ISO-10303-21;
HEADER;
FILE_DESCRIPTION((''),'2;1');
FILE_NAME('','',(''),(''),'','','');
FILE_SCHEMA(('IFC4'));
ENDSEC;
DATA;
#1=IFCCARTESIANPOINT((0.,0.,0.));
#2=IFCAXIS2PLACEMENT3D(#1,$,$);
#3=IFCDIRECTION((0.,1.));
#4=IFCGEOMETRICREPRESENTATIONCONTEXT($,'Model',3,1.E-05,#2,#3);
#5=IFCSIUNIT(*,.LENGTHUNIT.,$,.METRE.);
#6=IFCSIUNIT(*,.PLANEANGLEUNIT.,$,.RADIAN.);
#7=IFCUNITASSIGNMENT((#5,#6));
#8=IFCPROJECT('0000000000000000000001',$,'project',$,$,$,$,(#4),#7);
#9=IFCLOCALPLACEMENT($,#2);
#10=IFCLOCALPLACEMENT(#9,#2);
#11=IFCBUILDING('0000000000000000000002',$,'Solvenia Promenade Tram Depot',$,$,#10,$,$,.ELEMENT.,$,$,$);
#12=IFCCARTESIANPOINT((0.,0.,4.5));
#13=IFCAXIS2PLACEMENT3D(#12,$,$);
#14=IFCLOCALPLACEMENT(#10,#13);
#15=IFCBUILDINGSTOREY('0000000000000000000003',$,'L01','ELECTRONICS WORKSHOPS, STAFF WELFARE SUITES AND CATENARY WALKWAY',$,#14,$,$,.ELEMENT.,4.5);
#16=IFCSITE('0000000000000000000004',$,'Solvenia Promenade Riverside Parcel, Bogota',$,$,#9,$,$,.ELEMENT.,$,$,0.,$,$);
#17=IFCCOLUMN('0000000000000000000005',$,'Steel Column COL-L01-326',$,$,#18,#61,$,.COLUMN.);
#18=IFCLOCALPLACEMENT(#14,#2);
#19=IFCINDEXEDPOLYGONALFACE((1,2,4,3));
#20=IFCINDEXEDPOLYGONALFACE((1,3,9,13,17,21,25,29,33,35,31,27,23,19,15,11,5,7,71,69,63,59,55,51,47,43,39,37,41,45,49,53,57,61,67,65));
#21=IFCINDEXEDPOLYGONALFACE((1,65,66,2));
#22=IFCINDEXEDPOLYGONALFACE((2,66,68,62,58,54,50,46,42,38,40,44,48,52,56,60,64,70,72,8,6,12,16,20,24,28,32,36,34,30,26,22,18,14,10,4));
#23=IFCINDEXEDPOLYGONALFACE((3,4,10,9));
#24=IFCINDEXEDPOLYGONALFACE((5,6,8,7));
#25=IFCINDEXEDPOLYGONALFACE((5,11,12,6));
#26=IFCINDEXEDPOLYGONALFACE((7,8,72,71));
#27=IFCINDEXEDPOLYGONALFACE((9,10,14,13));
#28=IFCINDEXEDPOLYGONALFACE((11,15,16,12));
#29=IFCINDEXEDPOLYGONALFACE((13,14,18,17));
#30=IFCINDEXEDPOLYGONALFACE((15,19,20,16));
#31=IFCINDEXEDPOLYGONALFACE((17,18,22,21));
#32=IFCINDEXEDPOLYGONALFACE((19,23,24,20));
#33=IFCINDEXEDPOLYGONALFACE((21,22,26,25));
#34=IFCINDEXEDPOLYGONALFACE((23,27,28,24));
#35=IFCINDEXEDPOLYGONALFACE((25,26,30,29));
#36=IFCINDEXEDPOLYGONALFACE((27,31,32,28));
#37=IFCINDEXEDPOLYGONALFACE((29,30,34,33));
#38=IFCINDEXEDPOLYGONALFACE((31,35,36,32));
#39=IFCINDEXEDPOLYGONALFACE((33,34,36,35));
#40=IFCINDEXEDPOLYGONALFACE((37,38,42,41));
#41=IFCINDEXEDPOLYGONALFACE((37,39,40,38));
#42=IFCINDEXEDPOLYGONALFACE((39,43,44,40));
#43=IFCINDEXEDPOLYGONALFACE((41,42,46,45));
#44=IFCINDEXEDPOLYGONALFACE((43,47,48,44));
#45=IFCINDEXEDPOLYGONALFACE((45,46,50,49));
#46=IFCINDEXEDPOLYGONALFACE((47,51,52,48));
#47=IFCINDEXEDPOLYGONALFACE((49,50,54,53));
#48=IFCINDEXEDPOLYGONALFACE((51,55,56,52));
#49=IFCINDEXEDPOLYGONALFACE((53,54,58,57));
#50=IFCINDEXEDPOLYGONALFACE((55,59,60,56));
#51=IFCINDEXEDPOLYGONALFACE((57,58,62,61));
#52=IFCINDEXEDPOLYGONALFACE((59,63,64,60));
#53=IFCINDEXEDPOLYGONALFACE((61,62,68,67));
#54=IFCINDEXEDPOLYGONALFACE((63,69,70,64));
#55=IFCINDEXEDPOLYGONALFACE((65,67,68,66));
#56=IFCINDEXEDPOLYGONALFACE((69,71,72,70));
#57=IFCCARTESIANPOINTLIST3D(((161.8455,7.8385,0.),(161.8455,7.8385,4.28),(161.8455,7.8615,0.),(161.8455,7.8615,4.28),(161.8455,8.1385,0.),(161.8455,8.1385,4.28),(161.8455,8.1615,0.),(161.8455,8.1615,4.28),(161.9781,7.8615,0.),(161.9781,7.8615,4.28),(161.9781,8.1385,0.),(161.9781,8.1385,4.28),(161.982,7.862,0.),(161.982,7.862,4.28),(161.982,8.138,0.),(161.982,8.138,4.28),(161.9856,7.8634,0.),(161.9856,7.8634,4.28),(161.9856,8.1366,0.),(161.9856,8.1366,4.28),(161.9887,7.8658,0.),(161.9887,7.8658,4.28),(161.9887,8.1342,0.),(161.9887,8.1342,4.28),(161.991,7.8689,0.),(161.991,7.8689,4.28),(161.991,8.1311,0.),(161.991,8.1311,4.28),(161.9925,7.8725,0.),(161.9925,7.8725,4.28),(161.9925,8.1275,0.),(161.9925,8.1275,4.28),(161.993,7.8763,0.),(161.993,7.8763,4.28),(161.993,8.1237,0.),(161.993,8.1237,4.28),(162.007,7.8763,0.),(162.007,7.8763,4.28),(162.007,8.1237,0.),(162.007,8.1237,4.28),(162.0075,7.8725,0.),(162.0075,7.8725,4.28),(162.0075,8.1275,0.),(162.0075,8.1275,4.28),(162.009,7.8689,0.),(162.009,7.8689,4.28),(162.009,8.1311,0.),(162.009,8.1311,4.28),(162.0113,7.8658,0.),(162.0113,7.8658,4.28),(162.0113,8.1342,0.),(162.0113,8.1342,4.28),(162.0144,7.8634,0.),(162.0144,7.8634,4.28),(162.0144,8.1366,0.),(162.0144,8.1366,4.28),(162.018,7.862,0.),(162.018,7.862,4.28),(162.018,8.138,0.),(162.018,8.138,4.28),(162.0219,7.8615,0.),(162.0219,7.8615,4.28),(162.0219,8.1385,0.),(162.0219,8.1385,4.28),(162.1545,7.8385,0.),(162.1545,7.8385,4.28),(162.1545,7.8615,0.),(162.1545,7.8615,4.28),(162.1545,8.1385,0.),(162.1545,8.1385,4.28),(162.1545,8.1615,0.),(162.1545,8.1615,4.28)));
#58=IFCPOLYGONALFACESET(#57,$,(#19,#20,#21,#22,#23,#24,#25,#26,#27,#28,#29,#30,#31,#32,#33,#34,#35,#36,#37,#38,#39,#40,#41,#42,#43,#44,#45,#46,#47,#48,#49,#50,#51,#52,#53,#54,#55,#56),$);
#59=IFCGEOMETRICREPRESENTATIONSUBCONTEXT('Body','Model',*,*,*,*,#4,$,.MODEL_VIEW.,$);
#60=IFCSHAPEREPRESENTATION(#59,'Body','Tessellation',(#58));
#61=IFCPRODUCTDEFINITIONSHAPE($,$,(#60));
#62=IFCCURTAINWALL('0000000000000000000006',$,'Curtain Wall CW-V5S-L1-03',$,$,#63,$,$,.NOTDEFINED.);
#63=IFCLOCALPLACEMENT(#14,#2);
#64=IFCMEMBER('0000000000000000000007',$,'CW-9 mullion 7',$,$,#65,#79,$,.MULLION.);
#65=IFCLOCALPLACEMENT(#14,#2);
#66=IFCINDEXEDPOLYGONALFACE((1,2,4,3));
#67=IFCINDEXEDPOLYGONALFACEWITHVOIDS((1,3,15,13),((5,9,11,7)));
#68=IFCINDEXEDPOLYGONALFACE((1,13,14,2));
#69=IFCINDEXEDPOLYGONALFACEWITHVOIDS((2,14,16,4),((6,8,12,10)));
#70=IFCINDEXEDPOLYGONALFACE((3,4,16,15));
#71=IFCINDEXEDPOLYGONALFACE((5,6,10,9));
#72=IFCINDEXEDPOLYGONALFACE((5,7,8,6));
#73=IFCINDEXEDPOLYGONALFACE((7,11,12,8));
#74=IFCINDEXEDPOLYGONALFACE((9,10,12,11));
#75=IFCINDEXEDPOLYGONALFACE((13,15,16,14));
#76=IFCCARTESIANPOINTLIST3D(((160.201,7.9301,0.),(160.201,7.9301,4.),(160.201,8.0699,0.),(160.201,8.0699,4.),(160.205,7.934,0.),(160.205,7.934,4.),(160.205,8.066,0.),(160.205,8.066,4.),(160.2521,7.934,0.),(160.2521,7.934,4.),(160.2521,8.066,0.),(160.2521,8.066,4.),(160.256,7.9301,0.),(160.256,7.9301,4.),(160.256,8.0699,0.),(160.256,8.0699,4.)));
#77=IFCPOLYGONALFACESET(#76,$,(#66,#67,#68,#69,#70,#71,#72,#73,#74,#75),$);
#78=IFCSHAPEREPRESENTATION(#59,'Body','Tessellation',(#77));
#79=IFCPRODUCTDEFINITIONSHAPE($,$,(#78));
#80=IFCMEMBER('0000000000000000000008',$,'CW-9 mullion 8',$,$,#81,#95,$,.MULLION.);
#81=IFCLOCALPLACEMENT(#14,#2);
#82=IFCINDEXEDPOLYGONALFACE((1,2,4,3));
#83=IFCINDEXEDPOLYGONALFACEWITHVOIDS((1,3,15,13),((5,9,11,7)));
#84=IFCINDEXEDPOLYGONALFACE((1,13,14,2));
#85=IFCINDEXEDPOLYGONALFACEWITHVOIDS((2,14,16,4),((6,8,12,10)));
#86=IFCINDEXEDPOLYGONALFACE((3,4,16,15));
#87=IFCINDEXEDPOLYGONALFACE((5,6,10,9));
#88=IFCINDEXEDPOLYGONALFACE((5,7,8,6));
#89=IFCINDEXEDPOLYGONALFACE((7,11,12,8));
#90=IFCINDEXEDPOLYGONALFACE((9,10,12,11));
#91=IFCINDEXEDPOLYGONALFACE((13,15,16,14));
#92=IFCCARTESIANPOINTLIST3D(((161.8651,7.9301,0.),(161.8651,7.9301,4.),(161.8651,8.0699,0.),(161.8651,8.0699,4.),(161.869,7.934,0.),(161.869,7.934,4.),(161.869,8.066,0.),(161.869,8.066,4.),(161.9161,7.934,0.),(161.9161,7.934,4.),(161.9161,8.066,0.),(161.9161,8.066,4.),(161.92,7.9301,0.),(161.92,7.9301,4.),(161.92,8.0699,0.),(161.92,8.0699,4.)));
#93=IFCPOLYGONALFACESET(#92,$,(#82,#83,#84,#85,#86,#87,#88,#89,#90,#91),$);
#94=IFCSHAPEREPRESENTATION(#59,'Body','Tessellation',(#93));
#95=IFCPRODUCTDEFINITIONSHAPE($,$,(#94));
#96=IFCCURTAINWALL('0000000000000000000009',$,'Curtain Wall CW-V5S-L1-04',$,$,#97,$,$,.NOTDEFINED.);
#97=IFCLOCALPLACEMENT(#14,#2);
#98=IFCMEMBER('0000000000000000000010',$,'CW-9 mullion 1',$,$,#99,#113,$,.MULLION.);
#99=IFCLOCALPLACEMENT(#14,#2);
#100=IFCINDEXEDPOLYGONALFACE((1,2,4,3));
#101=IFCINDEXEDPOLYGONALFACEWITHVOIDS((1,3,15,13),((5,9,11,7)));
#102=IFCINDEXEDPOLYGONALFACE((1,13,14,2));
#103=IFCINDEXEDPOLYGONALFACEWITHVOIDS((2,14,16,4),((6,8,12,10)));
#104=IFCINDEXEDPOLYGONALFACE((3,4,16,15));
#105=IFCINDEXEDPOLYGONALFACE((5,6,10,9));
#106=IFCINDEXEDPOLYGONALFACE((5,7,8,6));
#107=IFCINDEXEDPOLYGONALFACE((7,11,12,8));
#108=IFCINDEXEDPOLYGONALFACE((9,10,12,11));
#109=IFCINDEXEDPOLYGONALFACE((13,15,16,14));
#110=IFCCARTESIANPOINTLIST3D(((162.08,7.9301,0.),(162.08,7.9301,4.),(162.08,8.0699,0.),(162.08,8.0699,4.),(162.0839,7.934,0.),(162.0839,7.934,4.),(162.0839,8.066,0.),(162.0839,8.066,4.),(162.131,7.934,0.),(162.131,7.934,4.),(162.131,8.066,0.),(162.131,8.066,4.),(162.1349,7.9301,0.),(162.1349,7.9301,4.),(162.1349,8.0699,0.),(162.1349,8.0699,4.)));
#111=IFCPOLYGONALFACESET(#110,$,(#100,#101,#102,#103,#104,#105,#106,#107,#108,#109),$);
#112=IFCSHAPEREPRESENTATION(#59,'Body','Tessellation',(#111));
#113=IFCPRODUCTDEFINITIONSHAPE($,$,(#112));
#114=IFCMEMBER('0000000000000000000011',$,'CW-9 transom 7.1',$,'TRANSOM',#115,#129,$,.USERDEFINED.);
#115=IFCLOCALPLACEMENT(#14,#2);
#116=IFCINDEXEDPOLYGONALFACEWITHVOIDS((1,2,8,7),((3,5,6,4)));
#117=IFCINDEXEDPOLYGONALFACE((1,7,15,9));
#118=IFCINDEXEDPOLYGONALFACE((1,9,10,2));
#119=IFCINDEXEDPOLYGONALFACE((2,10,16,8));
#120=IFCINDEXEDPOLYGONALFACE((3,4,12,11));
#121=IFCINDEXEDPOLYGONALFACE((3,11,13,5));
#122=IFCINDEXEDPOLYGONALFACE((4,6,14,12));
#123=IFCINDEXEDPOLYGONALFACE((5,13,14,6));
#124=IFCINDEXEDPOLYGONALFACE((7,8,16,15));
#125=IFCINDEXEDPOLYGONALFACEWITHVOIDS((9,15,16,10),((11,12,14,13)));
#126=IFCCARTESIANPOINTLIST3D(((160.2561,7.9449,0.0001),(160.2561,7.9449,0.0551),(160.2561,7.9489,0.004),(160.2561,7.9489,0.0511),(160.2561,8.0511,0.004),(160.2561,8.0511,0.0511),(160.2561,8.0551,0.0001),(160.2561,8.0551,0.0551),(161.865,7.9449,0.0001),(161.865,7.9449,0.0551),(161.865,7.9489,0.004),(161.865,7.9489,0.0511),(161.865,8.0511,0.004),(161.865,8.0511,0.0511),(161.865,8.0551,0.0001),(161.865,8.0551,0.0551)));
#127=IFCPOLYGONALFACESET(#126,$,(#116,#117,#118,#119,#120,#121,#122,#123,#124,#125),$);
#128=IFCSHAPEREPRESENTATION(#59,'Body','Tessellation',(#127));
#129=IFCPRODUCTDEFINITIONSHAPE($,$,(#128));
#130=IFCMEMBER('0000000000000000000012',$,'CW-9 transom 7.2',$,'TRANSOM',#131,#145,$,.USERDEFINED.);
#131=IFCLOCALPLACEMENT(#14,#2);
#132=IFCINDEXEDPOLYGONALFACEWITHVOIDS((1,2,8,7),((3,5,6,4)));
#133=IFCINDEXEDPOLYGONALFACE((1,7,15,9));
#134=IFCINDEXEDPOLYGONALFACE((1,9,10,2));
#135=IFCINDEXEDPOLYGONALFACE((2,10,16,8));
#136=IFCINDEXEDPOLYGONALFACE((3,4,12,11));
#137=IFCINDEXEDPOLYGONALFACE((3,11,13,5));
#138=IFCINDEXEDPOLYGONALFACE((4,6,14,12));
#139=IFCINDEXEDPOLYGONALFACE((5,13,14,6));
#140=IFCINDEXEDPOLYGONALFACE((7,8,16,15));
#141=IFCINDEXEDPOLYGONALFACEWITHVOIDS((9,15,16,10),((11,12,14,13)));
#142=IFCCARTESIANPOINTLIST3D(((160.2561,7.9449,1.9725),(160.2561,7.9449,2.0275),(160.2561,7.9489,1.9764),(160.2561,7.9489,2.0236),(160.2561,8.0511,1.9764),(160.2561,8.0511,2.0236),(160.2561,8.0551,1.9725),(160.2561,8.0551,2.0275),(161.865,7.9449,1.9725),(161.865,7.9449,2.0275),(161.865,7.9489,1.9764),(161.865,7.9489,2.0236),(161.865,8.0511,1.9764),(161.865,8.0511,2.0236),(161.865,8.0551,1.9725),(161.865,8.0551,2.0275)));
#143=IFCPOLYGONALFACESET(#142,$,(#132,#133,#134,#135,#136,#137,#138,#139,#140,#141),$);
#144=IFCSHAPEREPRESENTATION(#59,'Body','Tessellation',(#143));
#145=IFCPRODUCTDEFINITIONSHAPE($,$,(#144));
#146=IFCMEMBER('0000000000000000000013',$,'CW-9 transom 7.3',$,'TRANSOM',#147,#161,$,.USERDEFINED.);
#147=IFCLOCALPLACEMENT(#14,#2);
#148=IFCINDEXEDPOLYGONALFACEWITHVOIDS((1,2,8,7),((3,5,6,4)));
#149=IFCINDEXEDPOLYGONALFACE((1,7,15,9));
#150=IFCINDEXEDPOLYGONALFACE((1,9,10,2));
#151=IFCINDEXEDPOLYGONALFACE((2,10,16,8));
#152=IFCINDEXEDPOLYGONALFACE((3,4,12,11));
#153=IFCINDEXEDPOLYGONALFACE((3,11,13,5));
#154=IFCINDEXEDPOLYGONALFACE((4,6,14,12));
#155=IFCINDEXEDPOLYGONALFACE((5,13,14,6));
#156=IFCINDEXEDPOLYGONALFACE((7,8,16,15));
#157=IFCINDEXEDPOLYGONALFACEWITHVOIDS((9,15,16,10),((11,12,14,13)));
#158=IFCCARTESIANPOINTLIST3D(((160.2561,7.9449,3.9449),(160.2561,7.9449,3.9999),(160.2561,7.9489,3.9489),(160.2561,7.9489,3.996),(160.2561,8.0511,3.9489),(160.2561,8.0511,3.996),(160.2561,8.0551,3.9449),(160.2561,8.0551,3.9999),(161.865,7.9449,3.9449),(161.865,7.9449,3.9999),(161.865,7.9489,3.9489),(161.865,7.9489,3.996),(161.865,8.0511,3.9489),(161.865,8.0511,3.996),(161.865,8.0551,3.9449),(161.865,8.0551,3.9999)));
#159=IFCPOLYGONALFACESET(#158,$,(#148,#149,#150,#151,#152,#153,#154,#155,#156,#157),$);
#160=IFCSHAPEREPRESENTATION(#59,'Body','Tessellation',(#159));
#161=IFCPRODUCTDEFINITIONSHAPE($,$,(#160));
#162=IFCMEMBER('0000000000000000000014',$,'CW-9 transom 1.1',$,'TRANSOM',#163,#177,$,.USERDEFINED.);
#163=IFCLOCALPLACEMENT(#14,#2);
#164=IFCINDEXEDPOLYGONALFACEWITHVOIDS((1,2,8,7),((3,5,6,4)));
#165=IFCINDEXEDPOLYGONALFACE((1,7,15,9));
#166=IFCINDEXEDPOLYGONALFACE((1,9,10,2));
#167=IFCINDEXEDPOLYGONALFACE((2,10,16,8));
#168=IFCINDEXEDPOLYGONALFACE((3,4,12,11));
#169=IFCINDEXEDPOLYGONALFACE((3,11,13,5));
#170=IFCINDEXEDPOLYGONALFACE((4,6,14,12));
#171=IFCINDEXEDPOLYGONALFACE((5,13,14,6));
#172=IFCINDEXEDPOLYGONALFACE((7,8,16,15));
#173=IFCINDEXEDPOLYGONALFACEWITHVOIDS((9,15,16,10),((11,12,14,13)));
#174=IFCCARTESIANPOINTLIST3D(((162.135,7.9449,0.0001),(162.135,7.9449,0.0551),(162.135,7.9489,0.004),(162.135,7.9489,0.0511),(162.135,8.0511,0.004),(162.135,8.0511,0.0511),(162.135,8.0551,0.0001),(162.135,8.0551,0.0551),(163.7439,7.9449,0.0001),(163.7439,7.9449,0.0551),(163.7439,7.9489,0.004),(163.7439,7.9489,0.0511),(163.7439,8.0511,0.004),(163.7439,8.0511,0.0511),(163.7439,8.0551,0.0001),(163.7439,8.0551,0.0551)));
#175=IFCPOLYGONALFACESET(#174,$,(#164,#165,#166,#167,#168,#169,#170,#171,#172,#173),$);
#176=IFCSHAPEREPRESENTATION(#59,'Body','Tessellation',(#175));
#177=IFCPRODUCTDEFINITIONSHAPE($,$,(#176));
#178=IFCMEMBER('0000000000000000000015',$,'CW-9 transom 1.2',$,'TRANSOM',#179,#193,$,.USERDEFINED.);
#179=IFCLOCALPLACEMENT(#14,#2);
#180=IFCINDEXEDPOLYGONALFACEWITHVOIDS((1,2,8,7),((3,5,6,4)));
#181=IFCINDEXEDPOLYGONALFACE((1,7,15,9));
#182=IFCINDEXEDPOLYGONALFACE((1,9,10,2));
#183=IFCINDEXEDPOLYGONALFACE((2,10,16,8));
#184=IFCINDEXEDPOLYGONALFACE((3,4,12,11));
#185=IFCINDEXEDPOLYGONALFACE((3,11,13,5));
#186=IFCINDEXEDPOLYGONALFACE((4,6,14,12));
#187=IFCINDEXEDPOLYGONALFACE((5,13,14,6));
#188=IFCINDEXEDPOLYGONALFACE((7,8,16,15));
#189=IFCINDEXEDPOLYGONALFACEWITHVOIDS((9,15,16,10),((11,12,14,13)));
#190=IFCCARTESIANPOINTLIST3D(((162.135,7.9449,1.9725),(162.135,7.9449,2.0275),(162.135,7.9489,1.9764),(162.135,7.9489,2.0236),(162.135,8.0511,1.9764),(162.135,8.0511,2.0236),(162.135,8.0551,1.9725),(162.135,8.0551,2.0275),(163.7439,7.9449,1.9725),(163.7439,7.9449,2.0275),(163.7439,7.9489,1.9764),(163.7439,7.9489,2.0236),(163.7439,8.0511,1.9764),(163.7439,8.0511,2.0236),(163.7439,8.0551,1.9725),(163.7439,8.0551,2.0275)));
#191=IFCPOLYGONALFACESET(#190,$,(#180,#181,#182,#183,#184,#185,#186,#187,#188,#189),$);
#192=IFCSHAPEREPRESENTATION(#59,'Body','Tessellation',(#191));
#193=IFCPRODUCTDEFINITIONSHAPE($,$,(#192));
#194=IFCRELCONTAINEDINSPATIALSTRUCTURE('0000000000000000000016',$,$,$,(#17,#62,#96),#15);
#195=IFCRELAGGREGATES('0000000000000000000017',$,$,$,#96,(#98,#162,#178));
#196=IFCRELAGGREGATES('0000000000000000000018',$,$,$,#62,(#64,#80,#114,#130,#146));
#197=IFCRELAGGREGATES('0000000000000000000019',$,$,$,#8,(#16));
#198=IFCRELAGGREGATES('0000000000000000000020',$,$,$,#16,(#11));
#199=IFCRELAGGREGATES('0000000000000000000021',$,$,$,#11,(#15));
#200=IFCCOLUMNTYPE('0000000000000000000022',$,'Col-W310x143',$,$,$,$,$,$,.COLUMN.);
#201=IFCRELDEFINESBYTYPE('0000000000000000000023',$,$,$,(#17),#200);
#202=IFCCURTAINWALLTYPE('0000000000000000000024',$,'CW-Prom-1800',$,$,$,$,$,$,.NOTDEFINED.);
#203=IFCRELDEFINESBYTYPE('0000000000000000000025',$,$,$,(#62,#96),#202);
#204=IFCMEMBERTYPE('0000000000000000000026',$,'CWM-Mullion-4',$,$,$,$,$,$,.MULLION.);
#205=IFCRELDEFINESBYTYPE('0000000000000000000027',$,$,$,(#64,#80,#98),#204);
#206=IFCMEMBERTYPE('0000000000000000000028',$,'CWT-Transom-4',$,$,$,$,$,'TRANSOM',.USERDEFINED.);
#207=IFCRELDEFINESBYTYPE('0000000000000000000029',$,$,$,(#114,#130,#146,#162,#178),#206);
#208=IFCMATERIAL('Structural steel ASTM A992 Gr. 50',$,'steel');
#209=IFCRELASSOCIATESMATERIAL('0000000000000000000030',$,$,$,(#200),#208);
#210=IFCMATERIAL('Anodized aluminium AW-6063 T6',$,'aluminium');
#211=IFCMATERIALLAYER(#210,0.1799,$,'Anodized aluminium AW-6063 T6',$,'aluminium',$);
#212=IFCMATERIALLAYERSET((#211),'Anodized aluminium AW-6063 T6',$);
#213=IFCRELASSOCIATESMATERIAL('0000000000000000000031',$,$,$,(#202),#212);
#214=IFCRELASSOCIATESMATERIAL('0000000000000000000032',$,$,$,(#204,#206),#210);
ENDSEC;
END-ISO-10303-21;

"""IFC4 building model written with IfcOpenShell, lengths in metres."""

from ifc_helpers import new_model, si_unit, direction, frame, origin, origin_2d, place, context, subcontext, project, spatial, hollow_rectangle, i_section, extrude, material, layer, layer_set, material_profile, profile_set, type_object, element, aggregate, save


model = new_model("IFC4")

# Units and contexts
model_context = context("Model", 3, precision=1e-05, world=origin(), true_north=direction((0.0, 1.0)))
body_context = subcontext(model_context, "Body", "Model", "MODEL_VIEW")
ifc_project = project(units=[si_unit("LENGTHUNIT", "METRE"), si_unit("PLANEANGLEUNIT", "RADIAN")], contexts=[model_context])

# Site, building, storey
site_placement = place(None, origin())
site = spatial("IfcSite", under=ifc_project, at=site_placement, Name="Solvenia Promenade Riverside Parcel, Bogota", CompositionType="ELEMENT", RefElevation=0.0)
building_placement = place(site_placement, origin())
building = spatial("IfcBuilding", under=site, at=building_placement, Name="Solvenia Promenade Tram Depot", CompositionType="ELEMENT")
storey_placement = place(building_placement, frame((0.0, 0.0, 4.5)))
storey = spatial("IfcBuildingStorey", under=building, at=storey_placement, Name="L01", Description="ELECTRONICS WORKSHOPS, STAFF WELFARE SUITES AND CATENARY WALKWAY", CompositionType="ELEMENT", Elevation=4.5)

# Column
ifc_material_1 = material(Name="Structural steel ASTM A992 Gr. 50", Category="steel")
ifc_material_profile_1 = material_profile(ifc_material_1, i_section(OverallWidth=0.3091, OverallDepth=0.323, WebThickness=0.0139, FlangeThickness=0.0229, FilletRadius=0.0149, at=origin_2d()), Name="W310x143", Category="steel")
ifc_profile_set_1 = profile_set([ifc_material_profile_1], Name="Structural steel ASTM A992 Gr. 50")
column_type = type_object("IfcColumnType", Name="Col-W310x143", PredefinedType="COLUMN", material=ifc_profile_set_1)
column_placement = place(storey_placement, frame((162.0, 8.0, 0.0), z_axis=(0.0, 0.0, 1.0), x_axis=(1.0, 0.0, 0.0)))
element("IfcColumn", 1, at=column_placement, inside=storey, type_object=column_type, Name="Steel Column COL-L01-326", PredefinedType="COLUMN", context=body_context, shape_type="SweptSolid", body=[
    extrude(i_section(OverallWidth=0.3091, OverallDepth=0.323, WebThickness=0.0139, FlangeThickness=0.0229, FilletRadius=0.0149, at=origin_2d()), origin(), (0.0, 0.0, 1.0), 4.28),
])

# Curtain wall, members
ifc_material_2 = material(Name="Anodized aluminium AW-6063 T6", Category="aluminium")
ifc_layer_1 = layer(ifc_material_2, 0.1799, Name="Anodized aluminium AW-6063 T6", Category="aluminium")
ifc_layer_set_1 = layer_set([ifc_layer_1], Name="Anodized aluminium AW-6063 T6")
curtain_wall_type = type_object("IfcCurtainWallType", Name="CW-Prom-1800", PredefinedType="NOTDEFINED", material=ifc_layer_set_1)
curtain_wall_1_placement = place(storey_placement, origin())
curtain_wall_1 = element("IfcCurtainWall", 2, at=curtain_wall_1_placement, inside=storey, type_object=curtain_wall_type, Name="Curtain Wall CW-V5S-L1-03", PredefinedType="NOTDEFINED")
ifc_material_profile_2 = material_profile(ifc_material_2, hollow_rectangle(XDim=0.1399, YDim=0.0549, WallThickness=0.0039, at=origin_2d()), Name="ALU-M4", Category="aluminium")
ifc_profile_set_2 = profile_set([ifc_material_profile_2], Name="Anodized aluminium AW-6063 T6")
member_type_1 = type_object("IfcMemberType", Name="CWM-Mullion-4", PredefinedType="MULLION", material=ifc_profile_set_2)
member_1_placement = place(storey_placement, frame((160.2285, 8.0, 0.0), z_axis=(0.0, 0.0, 1.0), x_axis=(0.0, 1.0, 0.0)))
member_1 = element("IfcMember", 3, at=member_1_placement, type_object=member_type_1, Name="CW-9 mullion 7", PredefinedType="MULLION", context=body_context, shape_type="SweptSolid", body=[
    extrude(hollow_rectangle(XDim=0.1399, YDim=0.0549, WallThickness=0.0039, at=origin_2d()), origin(), (0.0, 0.0, 1.0), 4.0),
])
member_2_placement = place(storey_placement, frame((161.8926, 8.0, 0.0), z_axis=(0.0, 0.0, 1.0), x_axis=(0.0, 1.0, 0.0)))
member_2 = element("IfcMember", 4, at=member_2_placement, type_object=member_type_1, Name="CW-9 mullion 8", PredefinedType="MULLION", context=body_context, shape_type="SweptSolid", body=[
    extrude(hollow_rectangle(XDim=0.1399, YDim=0.0549, WallThickness=0.0039, at=origin_2d()), origin(), (0.0, 0.0, 1.0), 4.0),
])

# Curtain wall, member
curtain_wall_2_placement = place(storey_placement, origin())
curtain_wall_2 = element("IfcCurtainWall", 5, at=curtain_wall_2_placement, inside=storey, type_object=curtain_wall_type, Name="Curtain Wall CW-V5S-L1-04", PredefinedType="NOTDEFINED")
member_3_placement = place(storey_placement, frame((162.1074, 8.0, 0.0), z_axis=(0.0, 0.0, 1.0), x_axis=(0.0, 1.0, 0.0)))
member_3 = element("IfcMember", 6, at=member_3_placement, type_object=member_type_1, Name="CW-9 mullion 1", PredefinedType="MULLION", context=body_context, shape_type="SweptSolid", body=[
    extrude(hollow_rectangle(XDim=0.1399, YDim=0.0549, WallThickness=0.0039, at=origin_2d()), origin(), (0.0, 0.0, 1.0), 4.0),
])

# Members
ifc_material_profile_3 = material_profile(ifc_material_2, hollow_rectangle(XDim=0.1101, YDim=0.0549, WallThickness=0.0039, at=origin_2d()), Name="ALU-T4", Category="aluminium")
ifc_profile_set_3 = profile_set([ifc_material_profile_3], Name="Anodized aluminium AW-6063 T6")
member_type_2 = type_object("IfcMemberType", Name="CWT-Transom-4", ElementType="TRANSOM", PredefinedType="USERDEFINED", material=ifc_profile_set_3)
member_4_placement = place(storey_placement, frame((160.2561, 8.0, 0.0276), z_axis=(1.0, 0.0, 0.0), x_axis=(0.0, 1.0, 0.0)))
member_4 = element("IfcMember", 7, at=member_4_placement, type_object=member_type_2, Name="CW-9 transom 7.1", ObjectType="TRANSOM", PredefinedType="USERDEFINED", context=body_context, shape_type="SweptSolid", body=[
    extrude(hollow_rectangle(XDim=0.1101, YDim=0.0549, WallThickness=0.0039, at=origin_2d()), origin(), (0.0, 0.0, 1.0), 1.6089),
])
member_5_placement = place(storey_placement, frame((160.2561, 8.0, 2.0), z_axis=(1.0, 0.0, 0.0), x_axis=(0.0, 1.0, 0.0)))
member_5 = element("IfcMember", 8, at=member_5_placement, type_object=member_type_2, Name="CW-9 transom 7.2", ObjectType="TRANSOM", PredefinedType="USERDEFINED", context=body_context, shape_type="SweptSolid", body=[
    extrude(hollow_rectangle(XDim=0.1101, YDim=0.0549, WallThickness=0.0039, at=origin_2d()), origin(), (0.0, 0.0, 1.0), 1.6089),
])
member_6_placement = place(storey_placement, frame((160.2561, 8.0, 3.9724), z_axis=(1.0, 0.0, 0.0), x_axis=(0.0, 1.0, 0.0)))
member_6 = element("IfcMember", 9, at=member_6_placement, type_object=member_type_2, Name="CW-9 transom 7.3", ObjectType="TRANSOM", PredefinedType="USERDEFINED", context=body_context, shape_type="SweptSolid", body=[
    extrude(hollow_rectangle(XDim=0.1101, YDim=0.0549, WallThickness=0.0039, at=origin_2d()), origin(), (0.0, 0.0, 1.0), 1.6089),
])
member_7_placement = place(storey_placement, frame((162.135, 8.0, 0.0276), z_axis=(1.0, 0.0, 0.0), x_axis=(0.0, 1.0, 0.0)))
member_7 = element("IfcMember", 10, at=member_7_placement, type_object=member_type_2, Name="CW-9 transom 1.1", ObjectType="TRANSOM", PredefinedType="USERDEFINED", context=body_context, shape_type="SweptSolid", body=[
    extrude(hollow_rectangle(XDim=0.1101, YDim=0.0549, WallThickness=0.0039, at=origin_2d()), origin(), (0.0, 0.0, 1.0), 1.6089),
])
member_8_placement = place(storey_placement, frame((162.135, 8.0, 2.0), z_axis=(1.0, 0.0, 0.0), x_axis=(0.0, 1.0, 0.0)))
member_8 = element("IfcMember", 11, at=member_8_placement, type_object=member_type_2, Name="CW-9 transom 1.2", ObjectType="TRANSOM", PredefinedType="USERDEFINED", context=body_context, shape_type="SweptSolid", body=[
    extrude(hollow_rectangle(XDim=0.1101, YDim=0.0549, WallThickness=0.0039, at=origin_2d()), origin(), (0.0, 0.0, 1.0), 1.6089),
])
aggregate(curtain_wall_2, [member_3, member_7, member_8])

aggregate(curtain_wall_1, [member_1, member_2, member_4, member_5, member_6])

save(model, "model.ifc")
